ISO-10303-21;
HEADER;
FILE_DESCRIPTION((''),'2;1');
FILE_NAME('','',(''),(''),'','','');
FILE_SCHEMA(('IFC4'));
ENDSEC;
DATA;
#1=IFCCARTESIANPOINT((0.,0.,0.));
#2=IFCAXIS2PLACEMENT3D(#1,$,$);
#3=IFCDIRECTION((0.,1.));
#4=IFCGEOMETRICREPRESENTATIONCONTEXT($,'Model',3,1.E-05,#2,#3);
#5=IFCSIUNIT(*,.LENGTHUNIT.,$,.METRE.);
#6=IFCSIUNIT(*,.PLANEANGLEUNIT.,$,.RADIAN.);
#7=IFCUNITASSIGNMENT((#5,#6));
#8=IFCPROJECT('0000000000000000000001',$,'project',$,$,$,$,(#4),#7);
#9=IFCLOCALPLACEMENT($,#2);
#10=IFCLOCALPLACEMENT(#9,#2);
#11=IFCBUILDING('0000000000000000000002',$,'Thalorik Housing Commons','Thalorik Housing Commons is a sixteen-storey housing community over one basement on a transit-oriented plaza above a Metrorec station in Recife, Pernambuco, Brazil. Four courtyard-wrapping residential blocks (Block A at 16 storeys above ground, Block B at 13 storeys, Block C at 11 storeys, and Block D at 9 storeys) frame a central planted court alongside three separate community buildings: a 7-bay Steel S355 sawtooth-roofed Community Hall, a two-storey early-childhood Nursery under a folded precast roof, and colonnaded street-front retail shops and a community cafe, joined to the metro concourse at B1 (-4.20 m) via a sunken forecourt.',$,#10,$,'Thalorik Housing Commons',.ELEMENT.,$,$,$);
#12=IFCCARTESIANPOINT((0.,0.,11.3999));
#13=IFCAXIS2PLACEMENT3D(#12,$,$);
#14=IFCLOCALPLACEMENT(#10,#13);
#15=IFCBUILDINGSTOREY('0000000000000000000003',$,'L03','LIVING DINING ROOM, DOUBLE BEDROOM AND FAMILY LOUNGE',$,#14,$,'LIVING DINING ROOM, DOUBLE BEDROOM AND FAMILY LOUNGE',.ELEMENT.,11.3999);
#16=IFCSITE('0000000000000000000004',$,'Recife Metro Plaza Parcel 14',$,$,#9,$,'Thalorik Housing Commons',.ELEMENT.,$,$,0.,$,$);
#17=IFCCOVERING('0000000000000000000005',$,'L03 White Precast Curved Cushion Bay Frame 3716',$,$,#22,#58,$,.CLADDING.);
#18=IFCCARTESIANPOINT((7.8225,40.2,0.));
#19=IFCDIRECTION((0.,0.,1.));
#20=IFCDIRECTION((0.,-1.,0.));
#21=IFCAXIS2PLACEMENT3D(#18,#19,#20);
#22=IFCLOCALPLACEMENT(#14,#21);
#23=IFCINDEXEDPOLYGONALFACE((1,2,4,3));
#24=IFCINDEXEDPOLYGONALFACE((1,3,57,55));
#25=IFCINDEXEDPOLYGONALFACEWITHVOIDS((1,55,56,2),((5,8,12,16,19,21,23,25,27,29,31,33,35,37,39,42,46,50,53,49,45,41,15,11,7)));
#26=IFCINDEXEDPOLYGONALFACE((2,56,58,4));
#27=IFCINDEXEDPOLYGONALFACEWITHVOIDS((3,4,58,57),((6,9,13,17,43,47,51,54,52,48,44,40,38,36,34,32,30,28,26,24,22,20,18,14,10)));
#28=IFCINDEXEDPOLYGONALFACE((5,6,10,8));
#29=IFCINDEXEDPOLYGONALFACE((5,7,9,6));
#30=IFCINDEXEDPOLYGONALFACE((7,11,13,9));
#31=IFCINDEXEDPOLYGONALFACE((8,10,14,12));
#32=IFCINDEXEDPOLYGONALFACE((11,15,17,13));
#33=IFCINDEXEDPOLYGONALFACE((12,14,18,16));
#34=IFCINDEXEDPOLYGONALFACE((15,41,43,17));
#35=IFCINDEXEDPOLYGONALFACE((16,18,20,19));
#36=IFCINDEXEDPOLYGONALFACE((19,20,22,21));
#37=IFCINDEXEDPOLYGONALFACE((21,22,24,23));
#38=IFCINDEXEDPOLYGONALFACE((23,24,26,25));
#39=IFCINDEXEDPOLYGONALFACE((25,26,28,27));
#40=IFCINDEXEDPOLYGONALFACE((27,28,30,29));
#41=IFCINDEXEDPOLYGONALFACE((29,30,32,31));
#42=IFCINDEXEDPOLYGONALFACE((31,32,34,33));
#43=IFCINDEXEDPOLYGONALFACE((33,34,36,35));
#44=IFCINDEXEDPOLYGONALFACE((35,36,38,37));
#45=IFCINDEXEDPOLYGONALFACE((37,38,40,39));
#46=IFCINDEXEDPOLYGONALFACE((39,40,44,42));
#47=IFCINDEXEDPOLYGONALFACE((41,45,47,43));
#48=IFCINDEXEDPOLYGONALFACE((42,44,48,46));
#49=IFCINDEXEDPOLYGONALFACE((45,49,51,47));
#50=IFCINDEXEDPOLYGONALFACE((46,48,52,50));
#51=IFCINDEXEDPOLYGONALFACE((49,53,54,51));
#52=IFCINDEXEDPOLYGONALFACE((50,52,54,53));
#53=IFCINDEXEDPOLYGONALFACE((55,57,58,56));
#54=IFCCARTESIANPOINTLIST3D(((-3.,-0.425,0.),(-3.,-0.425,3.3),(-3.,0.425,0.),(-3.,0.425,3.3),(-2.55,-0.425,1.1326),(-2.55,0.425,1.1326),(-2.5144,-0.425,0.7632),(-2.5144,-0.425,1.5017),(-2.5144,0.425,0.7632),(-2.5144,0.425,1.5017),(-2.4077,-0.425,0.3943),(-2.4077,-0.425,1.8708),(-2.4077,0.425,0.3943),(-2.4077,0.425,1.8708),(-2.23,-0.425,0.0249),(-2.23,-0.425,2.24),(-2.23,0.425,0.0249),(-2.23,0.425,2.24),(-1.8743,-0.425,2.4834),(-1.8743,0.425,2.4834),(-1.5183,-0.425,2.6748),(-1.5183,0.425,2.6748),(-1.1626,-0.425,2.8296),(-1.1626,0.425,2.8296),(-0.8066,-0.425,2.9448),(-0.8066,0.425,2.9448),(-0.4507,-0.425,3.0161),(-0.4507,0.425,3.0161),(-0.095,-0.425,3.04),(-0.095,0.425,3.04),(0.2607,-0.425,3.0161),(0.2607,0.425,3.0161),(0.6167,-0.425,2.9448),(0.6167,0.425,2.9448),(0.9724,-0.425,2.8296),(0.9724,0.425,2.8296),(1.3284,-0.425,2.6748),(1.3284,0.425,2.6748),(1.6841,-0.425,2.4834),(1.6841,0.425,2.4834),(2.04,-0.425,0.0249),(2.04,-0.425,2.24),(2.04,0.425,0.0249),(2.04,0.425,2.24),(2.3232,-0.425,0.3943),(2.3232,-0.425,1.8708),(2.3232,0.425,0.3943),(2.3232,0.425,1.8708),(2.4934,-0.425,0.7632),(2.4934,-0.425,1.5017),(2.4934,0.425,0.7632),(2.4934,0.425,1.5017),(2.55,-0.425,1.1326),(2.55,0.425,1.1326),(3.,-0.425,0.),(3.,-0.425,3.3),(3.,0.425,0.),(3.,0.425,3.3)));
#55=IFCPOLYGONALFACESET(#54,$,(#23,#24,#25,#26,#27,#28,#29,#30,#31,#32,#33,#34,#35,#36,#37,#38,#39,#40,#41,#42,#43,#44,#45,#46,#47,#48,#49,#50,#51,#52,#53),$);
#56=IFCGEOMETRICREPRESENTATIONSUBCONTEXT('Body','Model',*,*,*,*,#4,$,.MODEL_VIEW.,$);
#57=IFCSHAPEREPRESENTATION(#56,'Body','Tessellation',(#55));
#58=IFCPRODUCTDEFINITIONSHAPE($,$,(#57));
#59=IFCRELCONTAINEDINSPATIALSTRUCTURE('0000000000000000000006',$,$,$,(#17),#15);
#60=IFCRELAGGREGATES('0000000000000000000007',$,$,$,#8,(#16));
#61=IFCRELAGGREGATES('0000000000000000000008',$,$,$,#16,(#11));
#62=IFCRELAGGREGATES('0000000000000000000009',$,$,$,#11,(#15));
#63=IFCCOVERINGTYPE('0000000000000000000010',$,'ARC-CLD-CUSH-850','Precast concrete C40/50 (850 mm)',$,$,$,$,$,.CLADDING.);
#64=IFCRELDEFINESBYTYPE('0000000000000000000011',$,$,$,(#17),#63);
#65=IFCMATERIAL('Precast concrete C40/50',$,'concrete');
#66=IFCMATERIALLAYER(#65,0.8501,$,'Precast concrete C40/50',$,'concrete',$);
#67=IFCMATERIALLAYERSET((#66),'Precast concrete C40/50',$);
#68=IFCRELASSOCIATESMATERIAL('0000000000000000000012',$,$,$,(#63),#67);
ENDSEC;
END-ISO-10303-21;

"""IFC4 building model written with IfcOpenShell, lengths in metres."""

from ifc_helpers import new_model, si_unit, direction, frame, origin, place, context, subcontext, project, spatial, polyline, outline, extrude, material, layer, layer_set, type_object, element, save


model = new_model("IFC4")

# Units and contexts
model_context = context("Model", 3, precision=1e-05, world=origin(), true_north=direction((0.0, 1.0)))
body_context = subcontext(model_context, "Body", "Model", "MODEL_VIEW")
ifc_project = project(units=[si_unit("LENGTHUNIT", "METRE"), si_unit("PLANEANGLEUNIT", "RADIAN")], contexts=[model_context])

# Site, building, storey
site_placement = place(None, origin())
site = spatial("IfcSite", under=ifc_project, at=site_placement, Name="Recife Metro Plaza Parcel 14", LongName="Thalorik Housing Commons", CompositionType="ELEMENT", RefElevation=0.0)
building_placement = place(site_placement, origin())
building = spatial("IfcBuilding", under=site, at=building_placement, Name="Thalorik Housing Commons", Description="Thalorik Housing Commons is a sixteen-storey housing community over one basement on a transit-oriented plaza above a Metrorec station in Recife, Pernambuco, Brazil. Four courtyard-wrapping residential blocks (Block A at 16 storeys above ground, Block B at 13 storeys, Block C at 11 storeys, and Block D at 9 storeys) frame a central planted court alongside three separate community buildings: a 7-bay Steel S355 sawtooth-roofed Community Hall, a two-storey early-childhood Nursery under a folded precast roof, and colonnaded street-front retail shops and a community cafe, joined to the metro concourse at B1 (-4.20 m) via a sunken forecourt.", LongName="Thalorik Housing Commons", CompositionType="ELEMENT")
storey_placement = place(building_placement, frame((0.0, 0.0, 11.3999)))
storey = spatial("IfcBuildingStorey", under=building, at=storey_placement, Name="L03", Description="LIVING DINING ROOM, DOUBLE BEDROOM AND FAMILY LOUNGE", LongName="LIVING DINING ROOM, DOUBLE BEDROOM AND FAMILY LOUNGE", CompositionType="ELEMENT", Elevation=11.3999)

# Shared definitions
ifc_material_1 = material(Name="Precast concrete C40/50", Category="concrete")

# Covering
ifc_layer_1 = layer(ifc_material_1, 0.8501, Name="Precast concrete C40/50", Category="concrete")
ifc_layer_set_1 = layer_set([ifc_layer_1], Name="Precast concrete C40/50")
covering_type_1 = type_object("IfcCoveringType", Name="ARC-CLD-CUSH-850", Description="Precast concrete C40/50 (850 mm)", PredefinedType="CLADDING", material=ifc_layer_set_1)
covering_1_placement = place(storey_placement, frame((7.8225, 40.2, 0.0), z_axis=(0.0, 0.0, 1.0), x_axis=(0.0, -1.0, 0.0)))
element("IfcCovering", 1, at=covering_1_placement, inside=storey, type_object=covering_type_1, Name="L03 White Precast Curved Cushion Bay Frame 3716", PredefinedType="CLADDING", context=body_context, shape_type="SweptSolid", body=[
    extrude(outline(polyline([(-3.0, 0.0), (3.0, 0.0), (3.0, 3.3), (-3.0, 3.3), (-3.0, 0.0)]), holes=[polyline([(2.04, 0.0249), (2.3232, 0.3943), (2.4934, 0.7632), (2.55, 1.1326), (2.4934, 1.5017), (2.3232, 1.8708), (2.04, 2.24), (1.6841, 2.4834), (1.3284, 2.6748), (0.9724, 2.8296), (0.6167, 2.9448), (0.2607, 3.0161), (-0.095, 3.04), (-0.4507, 3.0161), (-0.8066, 2.9448), (-1.1626, 2.8296), (-1.5183, 2.6748), (-1.8743, 2.4834), (-2.23, 2.24), (-2.4077, 1.8708), (-2.5144, 1.5017), (-2.55, 1.1326), (-2.5144, 0.7632), (-2.4077, 0.3943), (-2.23, 0.0249), (2.04, 0.0249)])]), frame((0.0, 0.425, 0.0), z_axis=(0.0, -1.0, 0.0), x_axis=(1.0, 0.0, 0.0)), (0.0, 0.0, 1.0), 0.8501),
])

save(model, "model.ifc")
